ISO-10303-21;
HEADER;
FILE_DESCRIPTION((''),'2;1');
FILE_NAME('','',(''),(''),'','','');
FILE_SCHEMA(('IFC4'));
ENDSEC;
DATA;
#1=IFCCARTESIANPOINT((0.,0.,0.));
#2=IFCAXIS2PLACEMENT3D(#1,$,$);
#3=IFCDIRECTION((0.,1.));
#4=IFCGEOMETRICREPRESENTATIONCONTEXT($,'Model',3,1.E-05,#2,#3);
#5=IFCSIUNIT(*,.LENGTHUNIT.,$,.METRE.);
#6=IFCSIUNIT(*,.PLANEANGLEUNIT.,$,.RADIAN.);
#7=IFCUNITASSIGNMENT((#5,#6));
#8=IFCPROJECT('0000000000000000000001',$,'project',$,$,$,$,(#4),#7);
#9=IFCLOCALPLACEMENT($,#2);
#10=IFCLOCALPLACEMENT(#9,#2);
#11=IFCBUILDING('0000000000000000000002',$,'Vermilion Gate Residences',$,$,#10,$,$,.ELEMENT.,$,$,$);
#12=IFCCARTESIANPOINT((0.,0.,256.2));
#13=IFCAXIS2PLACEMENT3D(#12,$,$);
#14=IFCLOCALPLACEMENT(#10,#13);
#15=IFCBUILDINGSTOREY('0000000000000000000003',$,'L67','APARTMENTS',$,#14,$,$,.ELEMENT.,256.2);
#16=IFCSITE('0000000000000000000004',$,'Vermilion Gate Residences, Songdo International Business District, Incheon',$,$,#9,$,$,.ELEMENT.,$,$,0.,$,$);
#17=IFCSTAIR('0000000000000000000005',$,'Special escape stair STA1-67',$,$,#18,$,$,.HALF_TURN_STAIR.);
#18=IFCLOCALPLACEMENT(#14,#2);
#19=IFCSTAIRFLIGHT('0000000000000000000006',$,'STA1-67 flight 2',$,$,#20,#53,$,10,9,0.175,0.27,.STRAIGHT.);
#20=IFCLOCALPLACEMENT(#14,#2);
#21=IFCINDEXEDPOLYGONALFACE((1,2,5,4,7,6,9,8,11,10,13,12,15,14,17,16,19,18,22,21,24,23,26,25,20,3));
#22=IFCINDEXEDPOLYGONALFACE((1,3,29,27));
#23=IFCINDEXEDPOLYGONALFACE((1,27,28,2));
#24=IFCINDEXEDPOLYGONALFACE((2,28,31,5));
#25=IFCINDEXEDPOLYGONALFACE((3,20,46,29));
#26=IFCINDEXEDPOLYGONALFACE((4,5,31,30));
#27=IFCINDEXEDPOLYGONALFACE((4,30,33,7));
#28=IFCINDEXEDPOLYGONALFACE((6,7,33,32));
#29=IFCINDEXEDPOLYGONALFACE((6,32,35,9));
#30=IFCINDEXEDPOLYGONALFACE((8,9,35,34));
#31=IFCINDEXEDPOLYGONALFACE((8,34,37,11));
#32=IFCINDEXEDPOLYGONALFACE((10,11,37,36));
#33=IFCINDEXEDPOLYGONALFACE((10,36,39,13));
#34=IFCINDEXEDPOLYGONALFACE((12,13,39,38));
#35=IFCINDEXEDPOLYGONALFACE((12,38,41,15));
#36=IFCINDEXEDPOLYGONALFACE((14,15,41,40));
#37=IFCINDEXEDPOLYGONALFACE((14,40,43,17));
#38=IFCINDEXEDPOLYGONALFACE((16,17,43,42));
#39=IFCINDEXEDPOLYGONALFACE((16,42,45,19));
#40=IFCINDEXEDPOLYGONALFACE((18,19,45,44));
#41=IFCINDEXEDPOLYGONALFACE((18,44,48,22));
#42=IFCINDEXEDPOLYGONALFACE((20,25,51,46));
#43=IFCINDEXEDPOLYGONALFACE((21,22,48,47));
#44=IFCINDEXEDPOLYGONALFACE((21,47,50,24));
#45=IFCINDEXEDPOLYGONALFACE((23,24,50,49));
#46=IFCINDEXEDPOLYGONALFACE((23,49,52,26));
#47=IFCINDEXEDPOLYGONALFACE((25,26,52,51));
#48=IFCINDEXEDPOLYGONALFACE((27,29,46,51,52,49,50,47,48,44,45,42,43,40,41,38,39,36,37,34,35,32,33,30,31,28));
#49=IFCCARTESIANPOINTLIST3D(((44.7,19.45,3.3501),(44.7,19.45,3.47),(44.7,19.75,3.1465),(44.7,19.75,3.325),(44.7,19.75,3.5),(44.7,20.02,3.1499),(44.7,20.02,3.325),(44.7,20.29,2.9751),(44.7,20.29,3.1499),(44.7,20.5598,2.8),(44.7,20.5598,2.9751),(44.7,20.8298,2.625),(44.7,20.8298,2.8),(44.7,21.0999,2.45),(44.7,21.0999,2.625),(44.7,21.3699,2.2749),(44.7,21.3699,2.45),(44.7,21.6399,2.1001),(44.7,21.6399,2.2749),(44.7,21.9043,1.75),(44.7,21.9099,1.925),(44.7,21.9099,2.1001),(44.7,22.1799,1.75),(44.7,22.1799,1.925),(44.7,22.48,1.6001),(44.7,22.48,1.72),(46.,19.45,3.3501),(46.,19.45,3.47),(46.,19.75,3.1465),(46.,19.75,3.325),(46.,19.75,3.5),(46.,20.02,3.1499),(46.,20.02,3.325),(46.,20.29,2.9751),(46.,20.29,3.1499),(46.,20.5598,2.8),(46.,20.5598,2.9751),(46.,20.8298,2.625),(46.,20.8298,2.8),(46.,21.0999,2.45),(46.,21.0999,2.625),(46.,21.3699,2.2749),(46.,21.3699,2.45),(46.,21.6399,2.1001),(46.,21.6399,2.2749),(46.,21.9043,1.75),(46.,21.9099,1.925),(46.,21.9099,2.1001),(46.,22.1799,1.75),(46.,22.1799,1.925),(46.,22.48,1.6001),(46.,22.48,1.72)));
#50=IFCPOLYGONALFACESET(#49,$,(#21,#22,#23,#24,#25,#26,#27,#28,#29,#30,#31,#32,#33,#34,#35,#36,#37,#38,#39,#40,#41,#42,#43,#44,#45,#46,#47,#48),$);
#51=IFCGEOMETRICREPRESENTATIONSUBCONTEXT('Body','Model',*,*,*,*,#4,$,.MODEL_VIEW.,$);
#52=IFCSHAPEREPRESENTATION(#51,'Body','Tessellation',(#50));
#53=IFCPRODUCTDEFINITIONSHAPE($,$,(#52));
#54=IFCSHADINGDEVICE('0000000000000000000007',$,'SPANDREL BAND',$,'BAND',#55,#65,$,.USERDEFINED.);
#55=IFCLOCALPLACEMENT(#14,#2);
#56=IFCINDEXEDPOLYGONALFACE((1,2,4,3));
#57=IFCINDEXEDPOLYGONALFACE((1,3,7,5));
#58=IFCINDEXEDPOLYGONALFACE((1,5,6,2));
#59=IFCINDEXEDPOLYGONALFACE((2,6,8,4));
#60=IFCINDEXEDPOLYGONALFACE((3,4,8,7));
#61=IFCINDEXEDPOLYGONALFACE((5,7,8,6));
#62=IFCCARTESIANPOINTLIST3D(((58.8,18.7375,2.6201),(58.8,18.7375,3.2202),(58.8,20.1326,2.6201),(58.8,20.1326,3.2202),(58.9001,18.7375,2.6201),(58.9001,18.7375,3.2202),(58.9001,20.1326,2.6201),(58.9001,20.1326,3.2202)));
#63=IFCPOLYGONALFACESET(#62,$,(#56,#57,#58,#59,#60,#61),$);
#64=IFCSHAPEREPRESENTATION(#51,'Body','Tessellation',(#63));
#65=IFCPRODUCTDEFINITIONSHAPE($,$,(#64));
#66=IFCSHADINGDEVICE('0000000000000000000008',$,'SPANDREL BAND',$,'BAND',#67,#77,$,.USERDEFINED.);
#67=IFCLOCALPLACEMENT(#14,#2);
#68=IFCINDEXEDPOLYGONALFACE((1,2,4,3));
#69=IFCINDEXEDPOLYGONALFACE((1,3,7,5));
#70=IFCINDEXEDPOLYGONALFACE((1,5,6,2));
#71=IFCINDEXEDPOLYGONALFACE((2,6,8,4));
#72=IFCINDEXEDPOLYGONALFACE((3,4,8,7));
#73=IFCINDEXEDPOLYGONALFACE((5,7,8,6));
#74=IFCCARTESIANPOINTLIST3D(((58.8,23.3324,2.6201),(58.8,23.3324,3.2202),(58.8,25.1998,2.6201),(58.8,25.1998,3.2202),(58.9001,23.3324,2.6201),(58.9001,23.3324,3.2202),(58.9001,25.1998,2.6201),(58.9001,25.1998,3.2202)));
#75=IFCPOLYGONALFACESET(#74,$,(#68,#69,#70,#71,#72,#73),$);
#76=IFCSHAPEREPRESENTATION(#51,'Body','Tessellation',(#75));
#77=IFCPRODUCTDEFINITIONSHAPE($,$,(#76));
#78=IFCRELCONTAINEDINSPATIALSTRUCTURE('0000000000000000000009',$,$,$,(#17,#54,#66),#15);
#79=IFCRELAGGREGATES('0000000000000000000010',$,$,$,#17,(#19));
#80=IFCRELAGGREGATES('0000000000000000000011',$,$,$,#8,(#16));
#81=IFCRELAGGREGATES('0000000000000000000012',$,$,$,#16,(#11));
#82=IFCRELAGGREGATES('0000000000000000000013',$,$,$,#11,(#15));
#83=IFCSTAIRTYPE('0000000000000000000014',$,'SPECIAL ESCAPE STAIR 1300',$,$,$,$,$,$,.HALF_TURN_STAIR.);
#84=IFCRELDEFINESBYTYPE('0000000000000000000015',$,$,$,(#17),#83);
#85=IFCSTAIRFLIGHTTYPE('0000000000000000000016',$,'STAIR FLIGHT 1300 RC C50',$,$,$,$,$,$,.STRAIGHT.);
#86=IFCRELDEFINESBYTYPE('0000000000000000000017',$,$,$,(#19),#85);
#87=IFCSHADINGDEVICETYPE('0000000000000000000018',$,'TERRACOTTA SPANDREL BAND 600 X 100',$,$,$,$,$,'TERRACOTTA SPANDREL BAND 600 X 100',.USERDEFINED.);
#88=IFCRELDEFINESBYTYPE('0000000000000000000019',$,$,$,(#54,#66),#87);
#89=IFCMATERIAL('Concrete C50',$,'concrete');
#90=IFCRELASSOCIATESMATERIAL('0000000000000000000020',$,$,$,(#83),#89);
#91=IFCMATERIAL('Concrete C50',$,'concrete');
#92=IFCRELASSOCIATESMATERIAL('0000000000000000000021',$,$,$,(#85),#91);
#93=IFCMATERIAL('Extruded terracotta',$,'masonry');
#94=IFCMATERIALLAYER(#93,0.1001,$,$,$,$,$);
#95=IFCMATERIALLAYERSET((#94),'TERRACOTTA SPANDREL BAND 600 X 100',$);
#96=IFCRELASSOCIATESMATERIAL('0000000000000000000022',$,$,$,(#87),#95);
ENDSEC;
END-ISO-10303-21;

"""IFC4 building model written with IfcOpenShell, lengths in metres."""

from ifc_helpers import new_model, si_unit, direction, frame, origin, origin_2d, place, context, subcontext, project, spatial, polyline, rectangle, outline, extrude, material, layer, layer_set, type_object, element, aggregate, save


model = new_model("IFC4")

# Units and contexts
model_context = context("Model", 3, precision=1e-05, world=origin(), true_north=direction((0.0, 1.0)))
body_context = subcontext(model_context, "Body", "Model", "MODEL_VIEW")
ifc_project = project(units=[si_unit("LENGTHUNIT", "METRE"), si_unit("PLANEANGLEUNIT", "RADIAN")], contexts=[model_context])

# Site, building, storey
site_placement = place(None, origin())
site = spatial("IfcSite", under=ifc_project, at=site_placement, Name="Vermilion Gate Residences, Songdo International Business District, Incheon", CompositionType="ELEMENT", RefElevation=0.0)
building_placement = place(site_placement, origin())
building = spatial("IfcBuilding", under=site, at=building_placement, Name="Vermilion Gate Residences", CompositionType="ELEMENT")
storey_placement = place(building_placement, frame((0.0, 0.0, 256.2)))
storey = spatial("IfcBuildingStorey", under=building, at=storey_placement, Name="L67", Description="APARTMENTS", CompositionType="ELEMENT", Elevation=256.2)

# Stair, stair flight
ifc_material_1 = material(Name="Concrete C50", Category="concrete")
stair_type = type_object("IfcStairType", Name="SPECIAL ESCAPE STAIR 1300", PredefinedType="HALF_TURN_STAIR", material=ifc_material_1)
stair_placement = place(storey_placement, origin())
stair = element("IfcStair", 1, at=stair_placement, inside=storey, type_object=stair_type, Name="Special escape stair STA1-67", PredefinedType="HALF_TURN_STAIR")
ifc_material_2 = material(Name="Concrete C50", Category="concrete")
stair_flight_type = type_object("IfcStairFlightType", Name="STAIR FLIGHT 1300 RC C50", PredefinedType="STRAIGHT", material=ifc_material_2)
stair_flight_1_placement = place(storey_placement, frame((45.3501, 22.1799, 1.75), z_axis=(0.0, 0.0, 1.0), x_axis=(0.0, -1.0, 0.0)))
stair_flight_1 = element("IfcStairFlight", 2, at=stair_flight_1_placement, type_object=stair_flight_type, Name="STA1-67 flight 2", NumberOfRisers=10, NumberOfTreads=9, PredefinedType="STRAIGHT", RiserHeight=0.175, TreadLength=0.27, context=body_context, shape_type="SweptSolid", body=[
    extrude(outline(polyline([(-0.3, -0.1499), (-0.3, -0.03), (0.0, 0.0), (0.0, 0.175), (0.27, 0.175), (0.27, 0.3501), (0.54, 0.3501), (0.54, 0.5249), (0.8101, 0.5249), (0.8101, 0.7), (1.0801, 0.7), (1.0801, 0.875), (1.3501, 0.875), (1.3501, 1.05), (1.6201, 1.05), (1.6201, 1.2251), (1.8899, 1.2251), (1.8899, 1.3999), (2.1599, 1.3999), (2.1599, 1.575), (2.4299, 1.575), (2.4299, 1.75), (2.73, 1.72), (2.73, 1.6001), (2.4299, 1.3965), (0.2756, 0.0), (-0.3, -0.1499)])), frame((0.0, 0.6499, 0.0), z_axis=(0.0, -1.0, 0.0), x_axis=(1.0, 0.0, 0.0)), (0.0, 0.0, 1.0), 1.3),
])
aggregate(stair, [stair_flight_1])

# Shading devices
ifc_material_3 = material(Name="Extruded terracotta", Category="masonry")
ifc_layer_1 = layer(ifc_material_3, 0.1001)
ifc_layer_set_1 = layer_set([ifc_layer_1], Name="TERRACOTTA SPANDREL BAND 600 X 100")
shading_device_type = type_object("IfcShadingDeviceType", Name="TERRACOTTA SPANDREL BAND 600 X 100", ElementType="TERRACOTTA SPANDREL BAND 600 X 100", PredefinedType="USERDEFINED", material=ifc_layer_set_1)
shading_device_1_placement = place(storey_placement, frame((58.8501, 19.4351, 2.6201), z_axis=(0.0, 0.0, 1.0), x_axis=(0.0, 1.0, 0.0)))
element("IfcShadingDevice", 3, at=shading_device_1_placement, inside=storey, type_object=shading_device_type, Name="SPANDREL BAND", ObjectType="BAND", PredefinedType="USERDEFINED", context=body_context, shape_type="SweptSolid", body=[
    extrude(rectangle(XDim=1.395, YDim=0.1001, at=origin_2d()), origin(), (0.0, 0.0, 1.0), 0.6001),
])
shading_device_2_placement = place(storey_placement, frame((58.8501, 24.2661, 2.6201), z_axis=(0.0, 0.0, 1.0), x_axis=(0.0, 1.0, 0.0)))
element("IfcShadingDevice", 4, at=shading_device_2_placement, inside=storey, type_object=shading_device_type, Name="SPANDREL BAND", ObjectType="BAND", PredefinedType="USERDEFINED", context=body_context, shape_type="SweptSolid", body=[
    extrude(rectangle(XDim=1.8674, YDim=0.1001, at=origin_2d()), origin(), (0.0, 0.0, 1.0), 0.6001),
])

save(model, "model.ifc")
